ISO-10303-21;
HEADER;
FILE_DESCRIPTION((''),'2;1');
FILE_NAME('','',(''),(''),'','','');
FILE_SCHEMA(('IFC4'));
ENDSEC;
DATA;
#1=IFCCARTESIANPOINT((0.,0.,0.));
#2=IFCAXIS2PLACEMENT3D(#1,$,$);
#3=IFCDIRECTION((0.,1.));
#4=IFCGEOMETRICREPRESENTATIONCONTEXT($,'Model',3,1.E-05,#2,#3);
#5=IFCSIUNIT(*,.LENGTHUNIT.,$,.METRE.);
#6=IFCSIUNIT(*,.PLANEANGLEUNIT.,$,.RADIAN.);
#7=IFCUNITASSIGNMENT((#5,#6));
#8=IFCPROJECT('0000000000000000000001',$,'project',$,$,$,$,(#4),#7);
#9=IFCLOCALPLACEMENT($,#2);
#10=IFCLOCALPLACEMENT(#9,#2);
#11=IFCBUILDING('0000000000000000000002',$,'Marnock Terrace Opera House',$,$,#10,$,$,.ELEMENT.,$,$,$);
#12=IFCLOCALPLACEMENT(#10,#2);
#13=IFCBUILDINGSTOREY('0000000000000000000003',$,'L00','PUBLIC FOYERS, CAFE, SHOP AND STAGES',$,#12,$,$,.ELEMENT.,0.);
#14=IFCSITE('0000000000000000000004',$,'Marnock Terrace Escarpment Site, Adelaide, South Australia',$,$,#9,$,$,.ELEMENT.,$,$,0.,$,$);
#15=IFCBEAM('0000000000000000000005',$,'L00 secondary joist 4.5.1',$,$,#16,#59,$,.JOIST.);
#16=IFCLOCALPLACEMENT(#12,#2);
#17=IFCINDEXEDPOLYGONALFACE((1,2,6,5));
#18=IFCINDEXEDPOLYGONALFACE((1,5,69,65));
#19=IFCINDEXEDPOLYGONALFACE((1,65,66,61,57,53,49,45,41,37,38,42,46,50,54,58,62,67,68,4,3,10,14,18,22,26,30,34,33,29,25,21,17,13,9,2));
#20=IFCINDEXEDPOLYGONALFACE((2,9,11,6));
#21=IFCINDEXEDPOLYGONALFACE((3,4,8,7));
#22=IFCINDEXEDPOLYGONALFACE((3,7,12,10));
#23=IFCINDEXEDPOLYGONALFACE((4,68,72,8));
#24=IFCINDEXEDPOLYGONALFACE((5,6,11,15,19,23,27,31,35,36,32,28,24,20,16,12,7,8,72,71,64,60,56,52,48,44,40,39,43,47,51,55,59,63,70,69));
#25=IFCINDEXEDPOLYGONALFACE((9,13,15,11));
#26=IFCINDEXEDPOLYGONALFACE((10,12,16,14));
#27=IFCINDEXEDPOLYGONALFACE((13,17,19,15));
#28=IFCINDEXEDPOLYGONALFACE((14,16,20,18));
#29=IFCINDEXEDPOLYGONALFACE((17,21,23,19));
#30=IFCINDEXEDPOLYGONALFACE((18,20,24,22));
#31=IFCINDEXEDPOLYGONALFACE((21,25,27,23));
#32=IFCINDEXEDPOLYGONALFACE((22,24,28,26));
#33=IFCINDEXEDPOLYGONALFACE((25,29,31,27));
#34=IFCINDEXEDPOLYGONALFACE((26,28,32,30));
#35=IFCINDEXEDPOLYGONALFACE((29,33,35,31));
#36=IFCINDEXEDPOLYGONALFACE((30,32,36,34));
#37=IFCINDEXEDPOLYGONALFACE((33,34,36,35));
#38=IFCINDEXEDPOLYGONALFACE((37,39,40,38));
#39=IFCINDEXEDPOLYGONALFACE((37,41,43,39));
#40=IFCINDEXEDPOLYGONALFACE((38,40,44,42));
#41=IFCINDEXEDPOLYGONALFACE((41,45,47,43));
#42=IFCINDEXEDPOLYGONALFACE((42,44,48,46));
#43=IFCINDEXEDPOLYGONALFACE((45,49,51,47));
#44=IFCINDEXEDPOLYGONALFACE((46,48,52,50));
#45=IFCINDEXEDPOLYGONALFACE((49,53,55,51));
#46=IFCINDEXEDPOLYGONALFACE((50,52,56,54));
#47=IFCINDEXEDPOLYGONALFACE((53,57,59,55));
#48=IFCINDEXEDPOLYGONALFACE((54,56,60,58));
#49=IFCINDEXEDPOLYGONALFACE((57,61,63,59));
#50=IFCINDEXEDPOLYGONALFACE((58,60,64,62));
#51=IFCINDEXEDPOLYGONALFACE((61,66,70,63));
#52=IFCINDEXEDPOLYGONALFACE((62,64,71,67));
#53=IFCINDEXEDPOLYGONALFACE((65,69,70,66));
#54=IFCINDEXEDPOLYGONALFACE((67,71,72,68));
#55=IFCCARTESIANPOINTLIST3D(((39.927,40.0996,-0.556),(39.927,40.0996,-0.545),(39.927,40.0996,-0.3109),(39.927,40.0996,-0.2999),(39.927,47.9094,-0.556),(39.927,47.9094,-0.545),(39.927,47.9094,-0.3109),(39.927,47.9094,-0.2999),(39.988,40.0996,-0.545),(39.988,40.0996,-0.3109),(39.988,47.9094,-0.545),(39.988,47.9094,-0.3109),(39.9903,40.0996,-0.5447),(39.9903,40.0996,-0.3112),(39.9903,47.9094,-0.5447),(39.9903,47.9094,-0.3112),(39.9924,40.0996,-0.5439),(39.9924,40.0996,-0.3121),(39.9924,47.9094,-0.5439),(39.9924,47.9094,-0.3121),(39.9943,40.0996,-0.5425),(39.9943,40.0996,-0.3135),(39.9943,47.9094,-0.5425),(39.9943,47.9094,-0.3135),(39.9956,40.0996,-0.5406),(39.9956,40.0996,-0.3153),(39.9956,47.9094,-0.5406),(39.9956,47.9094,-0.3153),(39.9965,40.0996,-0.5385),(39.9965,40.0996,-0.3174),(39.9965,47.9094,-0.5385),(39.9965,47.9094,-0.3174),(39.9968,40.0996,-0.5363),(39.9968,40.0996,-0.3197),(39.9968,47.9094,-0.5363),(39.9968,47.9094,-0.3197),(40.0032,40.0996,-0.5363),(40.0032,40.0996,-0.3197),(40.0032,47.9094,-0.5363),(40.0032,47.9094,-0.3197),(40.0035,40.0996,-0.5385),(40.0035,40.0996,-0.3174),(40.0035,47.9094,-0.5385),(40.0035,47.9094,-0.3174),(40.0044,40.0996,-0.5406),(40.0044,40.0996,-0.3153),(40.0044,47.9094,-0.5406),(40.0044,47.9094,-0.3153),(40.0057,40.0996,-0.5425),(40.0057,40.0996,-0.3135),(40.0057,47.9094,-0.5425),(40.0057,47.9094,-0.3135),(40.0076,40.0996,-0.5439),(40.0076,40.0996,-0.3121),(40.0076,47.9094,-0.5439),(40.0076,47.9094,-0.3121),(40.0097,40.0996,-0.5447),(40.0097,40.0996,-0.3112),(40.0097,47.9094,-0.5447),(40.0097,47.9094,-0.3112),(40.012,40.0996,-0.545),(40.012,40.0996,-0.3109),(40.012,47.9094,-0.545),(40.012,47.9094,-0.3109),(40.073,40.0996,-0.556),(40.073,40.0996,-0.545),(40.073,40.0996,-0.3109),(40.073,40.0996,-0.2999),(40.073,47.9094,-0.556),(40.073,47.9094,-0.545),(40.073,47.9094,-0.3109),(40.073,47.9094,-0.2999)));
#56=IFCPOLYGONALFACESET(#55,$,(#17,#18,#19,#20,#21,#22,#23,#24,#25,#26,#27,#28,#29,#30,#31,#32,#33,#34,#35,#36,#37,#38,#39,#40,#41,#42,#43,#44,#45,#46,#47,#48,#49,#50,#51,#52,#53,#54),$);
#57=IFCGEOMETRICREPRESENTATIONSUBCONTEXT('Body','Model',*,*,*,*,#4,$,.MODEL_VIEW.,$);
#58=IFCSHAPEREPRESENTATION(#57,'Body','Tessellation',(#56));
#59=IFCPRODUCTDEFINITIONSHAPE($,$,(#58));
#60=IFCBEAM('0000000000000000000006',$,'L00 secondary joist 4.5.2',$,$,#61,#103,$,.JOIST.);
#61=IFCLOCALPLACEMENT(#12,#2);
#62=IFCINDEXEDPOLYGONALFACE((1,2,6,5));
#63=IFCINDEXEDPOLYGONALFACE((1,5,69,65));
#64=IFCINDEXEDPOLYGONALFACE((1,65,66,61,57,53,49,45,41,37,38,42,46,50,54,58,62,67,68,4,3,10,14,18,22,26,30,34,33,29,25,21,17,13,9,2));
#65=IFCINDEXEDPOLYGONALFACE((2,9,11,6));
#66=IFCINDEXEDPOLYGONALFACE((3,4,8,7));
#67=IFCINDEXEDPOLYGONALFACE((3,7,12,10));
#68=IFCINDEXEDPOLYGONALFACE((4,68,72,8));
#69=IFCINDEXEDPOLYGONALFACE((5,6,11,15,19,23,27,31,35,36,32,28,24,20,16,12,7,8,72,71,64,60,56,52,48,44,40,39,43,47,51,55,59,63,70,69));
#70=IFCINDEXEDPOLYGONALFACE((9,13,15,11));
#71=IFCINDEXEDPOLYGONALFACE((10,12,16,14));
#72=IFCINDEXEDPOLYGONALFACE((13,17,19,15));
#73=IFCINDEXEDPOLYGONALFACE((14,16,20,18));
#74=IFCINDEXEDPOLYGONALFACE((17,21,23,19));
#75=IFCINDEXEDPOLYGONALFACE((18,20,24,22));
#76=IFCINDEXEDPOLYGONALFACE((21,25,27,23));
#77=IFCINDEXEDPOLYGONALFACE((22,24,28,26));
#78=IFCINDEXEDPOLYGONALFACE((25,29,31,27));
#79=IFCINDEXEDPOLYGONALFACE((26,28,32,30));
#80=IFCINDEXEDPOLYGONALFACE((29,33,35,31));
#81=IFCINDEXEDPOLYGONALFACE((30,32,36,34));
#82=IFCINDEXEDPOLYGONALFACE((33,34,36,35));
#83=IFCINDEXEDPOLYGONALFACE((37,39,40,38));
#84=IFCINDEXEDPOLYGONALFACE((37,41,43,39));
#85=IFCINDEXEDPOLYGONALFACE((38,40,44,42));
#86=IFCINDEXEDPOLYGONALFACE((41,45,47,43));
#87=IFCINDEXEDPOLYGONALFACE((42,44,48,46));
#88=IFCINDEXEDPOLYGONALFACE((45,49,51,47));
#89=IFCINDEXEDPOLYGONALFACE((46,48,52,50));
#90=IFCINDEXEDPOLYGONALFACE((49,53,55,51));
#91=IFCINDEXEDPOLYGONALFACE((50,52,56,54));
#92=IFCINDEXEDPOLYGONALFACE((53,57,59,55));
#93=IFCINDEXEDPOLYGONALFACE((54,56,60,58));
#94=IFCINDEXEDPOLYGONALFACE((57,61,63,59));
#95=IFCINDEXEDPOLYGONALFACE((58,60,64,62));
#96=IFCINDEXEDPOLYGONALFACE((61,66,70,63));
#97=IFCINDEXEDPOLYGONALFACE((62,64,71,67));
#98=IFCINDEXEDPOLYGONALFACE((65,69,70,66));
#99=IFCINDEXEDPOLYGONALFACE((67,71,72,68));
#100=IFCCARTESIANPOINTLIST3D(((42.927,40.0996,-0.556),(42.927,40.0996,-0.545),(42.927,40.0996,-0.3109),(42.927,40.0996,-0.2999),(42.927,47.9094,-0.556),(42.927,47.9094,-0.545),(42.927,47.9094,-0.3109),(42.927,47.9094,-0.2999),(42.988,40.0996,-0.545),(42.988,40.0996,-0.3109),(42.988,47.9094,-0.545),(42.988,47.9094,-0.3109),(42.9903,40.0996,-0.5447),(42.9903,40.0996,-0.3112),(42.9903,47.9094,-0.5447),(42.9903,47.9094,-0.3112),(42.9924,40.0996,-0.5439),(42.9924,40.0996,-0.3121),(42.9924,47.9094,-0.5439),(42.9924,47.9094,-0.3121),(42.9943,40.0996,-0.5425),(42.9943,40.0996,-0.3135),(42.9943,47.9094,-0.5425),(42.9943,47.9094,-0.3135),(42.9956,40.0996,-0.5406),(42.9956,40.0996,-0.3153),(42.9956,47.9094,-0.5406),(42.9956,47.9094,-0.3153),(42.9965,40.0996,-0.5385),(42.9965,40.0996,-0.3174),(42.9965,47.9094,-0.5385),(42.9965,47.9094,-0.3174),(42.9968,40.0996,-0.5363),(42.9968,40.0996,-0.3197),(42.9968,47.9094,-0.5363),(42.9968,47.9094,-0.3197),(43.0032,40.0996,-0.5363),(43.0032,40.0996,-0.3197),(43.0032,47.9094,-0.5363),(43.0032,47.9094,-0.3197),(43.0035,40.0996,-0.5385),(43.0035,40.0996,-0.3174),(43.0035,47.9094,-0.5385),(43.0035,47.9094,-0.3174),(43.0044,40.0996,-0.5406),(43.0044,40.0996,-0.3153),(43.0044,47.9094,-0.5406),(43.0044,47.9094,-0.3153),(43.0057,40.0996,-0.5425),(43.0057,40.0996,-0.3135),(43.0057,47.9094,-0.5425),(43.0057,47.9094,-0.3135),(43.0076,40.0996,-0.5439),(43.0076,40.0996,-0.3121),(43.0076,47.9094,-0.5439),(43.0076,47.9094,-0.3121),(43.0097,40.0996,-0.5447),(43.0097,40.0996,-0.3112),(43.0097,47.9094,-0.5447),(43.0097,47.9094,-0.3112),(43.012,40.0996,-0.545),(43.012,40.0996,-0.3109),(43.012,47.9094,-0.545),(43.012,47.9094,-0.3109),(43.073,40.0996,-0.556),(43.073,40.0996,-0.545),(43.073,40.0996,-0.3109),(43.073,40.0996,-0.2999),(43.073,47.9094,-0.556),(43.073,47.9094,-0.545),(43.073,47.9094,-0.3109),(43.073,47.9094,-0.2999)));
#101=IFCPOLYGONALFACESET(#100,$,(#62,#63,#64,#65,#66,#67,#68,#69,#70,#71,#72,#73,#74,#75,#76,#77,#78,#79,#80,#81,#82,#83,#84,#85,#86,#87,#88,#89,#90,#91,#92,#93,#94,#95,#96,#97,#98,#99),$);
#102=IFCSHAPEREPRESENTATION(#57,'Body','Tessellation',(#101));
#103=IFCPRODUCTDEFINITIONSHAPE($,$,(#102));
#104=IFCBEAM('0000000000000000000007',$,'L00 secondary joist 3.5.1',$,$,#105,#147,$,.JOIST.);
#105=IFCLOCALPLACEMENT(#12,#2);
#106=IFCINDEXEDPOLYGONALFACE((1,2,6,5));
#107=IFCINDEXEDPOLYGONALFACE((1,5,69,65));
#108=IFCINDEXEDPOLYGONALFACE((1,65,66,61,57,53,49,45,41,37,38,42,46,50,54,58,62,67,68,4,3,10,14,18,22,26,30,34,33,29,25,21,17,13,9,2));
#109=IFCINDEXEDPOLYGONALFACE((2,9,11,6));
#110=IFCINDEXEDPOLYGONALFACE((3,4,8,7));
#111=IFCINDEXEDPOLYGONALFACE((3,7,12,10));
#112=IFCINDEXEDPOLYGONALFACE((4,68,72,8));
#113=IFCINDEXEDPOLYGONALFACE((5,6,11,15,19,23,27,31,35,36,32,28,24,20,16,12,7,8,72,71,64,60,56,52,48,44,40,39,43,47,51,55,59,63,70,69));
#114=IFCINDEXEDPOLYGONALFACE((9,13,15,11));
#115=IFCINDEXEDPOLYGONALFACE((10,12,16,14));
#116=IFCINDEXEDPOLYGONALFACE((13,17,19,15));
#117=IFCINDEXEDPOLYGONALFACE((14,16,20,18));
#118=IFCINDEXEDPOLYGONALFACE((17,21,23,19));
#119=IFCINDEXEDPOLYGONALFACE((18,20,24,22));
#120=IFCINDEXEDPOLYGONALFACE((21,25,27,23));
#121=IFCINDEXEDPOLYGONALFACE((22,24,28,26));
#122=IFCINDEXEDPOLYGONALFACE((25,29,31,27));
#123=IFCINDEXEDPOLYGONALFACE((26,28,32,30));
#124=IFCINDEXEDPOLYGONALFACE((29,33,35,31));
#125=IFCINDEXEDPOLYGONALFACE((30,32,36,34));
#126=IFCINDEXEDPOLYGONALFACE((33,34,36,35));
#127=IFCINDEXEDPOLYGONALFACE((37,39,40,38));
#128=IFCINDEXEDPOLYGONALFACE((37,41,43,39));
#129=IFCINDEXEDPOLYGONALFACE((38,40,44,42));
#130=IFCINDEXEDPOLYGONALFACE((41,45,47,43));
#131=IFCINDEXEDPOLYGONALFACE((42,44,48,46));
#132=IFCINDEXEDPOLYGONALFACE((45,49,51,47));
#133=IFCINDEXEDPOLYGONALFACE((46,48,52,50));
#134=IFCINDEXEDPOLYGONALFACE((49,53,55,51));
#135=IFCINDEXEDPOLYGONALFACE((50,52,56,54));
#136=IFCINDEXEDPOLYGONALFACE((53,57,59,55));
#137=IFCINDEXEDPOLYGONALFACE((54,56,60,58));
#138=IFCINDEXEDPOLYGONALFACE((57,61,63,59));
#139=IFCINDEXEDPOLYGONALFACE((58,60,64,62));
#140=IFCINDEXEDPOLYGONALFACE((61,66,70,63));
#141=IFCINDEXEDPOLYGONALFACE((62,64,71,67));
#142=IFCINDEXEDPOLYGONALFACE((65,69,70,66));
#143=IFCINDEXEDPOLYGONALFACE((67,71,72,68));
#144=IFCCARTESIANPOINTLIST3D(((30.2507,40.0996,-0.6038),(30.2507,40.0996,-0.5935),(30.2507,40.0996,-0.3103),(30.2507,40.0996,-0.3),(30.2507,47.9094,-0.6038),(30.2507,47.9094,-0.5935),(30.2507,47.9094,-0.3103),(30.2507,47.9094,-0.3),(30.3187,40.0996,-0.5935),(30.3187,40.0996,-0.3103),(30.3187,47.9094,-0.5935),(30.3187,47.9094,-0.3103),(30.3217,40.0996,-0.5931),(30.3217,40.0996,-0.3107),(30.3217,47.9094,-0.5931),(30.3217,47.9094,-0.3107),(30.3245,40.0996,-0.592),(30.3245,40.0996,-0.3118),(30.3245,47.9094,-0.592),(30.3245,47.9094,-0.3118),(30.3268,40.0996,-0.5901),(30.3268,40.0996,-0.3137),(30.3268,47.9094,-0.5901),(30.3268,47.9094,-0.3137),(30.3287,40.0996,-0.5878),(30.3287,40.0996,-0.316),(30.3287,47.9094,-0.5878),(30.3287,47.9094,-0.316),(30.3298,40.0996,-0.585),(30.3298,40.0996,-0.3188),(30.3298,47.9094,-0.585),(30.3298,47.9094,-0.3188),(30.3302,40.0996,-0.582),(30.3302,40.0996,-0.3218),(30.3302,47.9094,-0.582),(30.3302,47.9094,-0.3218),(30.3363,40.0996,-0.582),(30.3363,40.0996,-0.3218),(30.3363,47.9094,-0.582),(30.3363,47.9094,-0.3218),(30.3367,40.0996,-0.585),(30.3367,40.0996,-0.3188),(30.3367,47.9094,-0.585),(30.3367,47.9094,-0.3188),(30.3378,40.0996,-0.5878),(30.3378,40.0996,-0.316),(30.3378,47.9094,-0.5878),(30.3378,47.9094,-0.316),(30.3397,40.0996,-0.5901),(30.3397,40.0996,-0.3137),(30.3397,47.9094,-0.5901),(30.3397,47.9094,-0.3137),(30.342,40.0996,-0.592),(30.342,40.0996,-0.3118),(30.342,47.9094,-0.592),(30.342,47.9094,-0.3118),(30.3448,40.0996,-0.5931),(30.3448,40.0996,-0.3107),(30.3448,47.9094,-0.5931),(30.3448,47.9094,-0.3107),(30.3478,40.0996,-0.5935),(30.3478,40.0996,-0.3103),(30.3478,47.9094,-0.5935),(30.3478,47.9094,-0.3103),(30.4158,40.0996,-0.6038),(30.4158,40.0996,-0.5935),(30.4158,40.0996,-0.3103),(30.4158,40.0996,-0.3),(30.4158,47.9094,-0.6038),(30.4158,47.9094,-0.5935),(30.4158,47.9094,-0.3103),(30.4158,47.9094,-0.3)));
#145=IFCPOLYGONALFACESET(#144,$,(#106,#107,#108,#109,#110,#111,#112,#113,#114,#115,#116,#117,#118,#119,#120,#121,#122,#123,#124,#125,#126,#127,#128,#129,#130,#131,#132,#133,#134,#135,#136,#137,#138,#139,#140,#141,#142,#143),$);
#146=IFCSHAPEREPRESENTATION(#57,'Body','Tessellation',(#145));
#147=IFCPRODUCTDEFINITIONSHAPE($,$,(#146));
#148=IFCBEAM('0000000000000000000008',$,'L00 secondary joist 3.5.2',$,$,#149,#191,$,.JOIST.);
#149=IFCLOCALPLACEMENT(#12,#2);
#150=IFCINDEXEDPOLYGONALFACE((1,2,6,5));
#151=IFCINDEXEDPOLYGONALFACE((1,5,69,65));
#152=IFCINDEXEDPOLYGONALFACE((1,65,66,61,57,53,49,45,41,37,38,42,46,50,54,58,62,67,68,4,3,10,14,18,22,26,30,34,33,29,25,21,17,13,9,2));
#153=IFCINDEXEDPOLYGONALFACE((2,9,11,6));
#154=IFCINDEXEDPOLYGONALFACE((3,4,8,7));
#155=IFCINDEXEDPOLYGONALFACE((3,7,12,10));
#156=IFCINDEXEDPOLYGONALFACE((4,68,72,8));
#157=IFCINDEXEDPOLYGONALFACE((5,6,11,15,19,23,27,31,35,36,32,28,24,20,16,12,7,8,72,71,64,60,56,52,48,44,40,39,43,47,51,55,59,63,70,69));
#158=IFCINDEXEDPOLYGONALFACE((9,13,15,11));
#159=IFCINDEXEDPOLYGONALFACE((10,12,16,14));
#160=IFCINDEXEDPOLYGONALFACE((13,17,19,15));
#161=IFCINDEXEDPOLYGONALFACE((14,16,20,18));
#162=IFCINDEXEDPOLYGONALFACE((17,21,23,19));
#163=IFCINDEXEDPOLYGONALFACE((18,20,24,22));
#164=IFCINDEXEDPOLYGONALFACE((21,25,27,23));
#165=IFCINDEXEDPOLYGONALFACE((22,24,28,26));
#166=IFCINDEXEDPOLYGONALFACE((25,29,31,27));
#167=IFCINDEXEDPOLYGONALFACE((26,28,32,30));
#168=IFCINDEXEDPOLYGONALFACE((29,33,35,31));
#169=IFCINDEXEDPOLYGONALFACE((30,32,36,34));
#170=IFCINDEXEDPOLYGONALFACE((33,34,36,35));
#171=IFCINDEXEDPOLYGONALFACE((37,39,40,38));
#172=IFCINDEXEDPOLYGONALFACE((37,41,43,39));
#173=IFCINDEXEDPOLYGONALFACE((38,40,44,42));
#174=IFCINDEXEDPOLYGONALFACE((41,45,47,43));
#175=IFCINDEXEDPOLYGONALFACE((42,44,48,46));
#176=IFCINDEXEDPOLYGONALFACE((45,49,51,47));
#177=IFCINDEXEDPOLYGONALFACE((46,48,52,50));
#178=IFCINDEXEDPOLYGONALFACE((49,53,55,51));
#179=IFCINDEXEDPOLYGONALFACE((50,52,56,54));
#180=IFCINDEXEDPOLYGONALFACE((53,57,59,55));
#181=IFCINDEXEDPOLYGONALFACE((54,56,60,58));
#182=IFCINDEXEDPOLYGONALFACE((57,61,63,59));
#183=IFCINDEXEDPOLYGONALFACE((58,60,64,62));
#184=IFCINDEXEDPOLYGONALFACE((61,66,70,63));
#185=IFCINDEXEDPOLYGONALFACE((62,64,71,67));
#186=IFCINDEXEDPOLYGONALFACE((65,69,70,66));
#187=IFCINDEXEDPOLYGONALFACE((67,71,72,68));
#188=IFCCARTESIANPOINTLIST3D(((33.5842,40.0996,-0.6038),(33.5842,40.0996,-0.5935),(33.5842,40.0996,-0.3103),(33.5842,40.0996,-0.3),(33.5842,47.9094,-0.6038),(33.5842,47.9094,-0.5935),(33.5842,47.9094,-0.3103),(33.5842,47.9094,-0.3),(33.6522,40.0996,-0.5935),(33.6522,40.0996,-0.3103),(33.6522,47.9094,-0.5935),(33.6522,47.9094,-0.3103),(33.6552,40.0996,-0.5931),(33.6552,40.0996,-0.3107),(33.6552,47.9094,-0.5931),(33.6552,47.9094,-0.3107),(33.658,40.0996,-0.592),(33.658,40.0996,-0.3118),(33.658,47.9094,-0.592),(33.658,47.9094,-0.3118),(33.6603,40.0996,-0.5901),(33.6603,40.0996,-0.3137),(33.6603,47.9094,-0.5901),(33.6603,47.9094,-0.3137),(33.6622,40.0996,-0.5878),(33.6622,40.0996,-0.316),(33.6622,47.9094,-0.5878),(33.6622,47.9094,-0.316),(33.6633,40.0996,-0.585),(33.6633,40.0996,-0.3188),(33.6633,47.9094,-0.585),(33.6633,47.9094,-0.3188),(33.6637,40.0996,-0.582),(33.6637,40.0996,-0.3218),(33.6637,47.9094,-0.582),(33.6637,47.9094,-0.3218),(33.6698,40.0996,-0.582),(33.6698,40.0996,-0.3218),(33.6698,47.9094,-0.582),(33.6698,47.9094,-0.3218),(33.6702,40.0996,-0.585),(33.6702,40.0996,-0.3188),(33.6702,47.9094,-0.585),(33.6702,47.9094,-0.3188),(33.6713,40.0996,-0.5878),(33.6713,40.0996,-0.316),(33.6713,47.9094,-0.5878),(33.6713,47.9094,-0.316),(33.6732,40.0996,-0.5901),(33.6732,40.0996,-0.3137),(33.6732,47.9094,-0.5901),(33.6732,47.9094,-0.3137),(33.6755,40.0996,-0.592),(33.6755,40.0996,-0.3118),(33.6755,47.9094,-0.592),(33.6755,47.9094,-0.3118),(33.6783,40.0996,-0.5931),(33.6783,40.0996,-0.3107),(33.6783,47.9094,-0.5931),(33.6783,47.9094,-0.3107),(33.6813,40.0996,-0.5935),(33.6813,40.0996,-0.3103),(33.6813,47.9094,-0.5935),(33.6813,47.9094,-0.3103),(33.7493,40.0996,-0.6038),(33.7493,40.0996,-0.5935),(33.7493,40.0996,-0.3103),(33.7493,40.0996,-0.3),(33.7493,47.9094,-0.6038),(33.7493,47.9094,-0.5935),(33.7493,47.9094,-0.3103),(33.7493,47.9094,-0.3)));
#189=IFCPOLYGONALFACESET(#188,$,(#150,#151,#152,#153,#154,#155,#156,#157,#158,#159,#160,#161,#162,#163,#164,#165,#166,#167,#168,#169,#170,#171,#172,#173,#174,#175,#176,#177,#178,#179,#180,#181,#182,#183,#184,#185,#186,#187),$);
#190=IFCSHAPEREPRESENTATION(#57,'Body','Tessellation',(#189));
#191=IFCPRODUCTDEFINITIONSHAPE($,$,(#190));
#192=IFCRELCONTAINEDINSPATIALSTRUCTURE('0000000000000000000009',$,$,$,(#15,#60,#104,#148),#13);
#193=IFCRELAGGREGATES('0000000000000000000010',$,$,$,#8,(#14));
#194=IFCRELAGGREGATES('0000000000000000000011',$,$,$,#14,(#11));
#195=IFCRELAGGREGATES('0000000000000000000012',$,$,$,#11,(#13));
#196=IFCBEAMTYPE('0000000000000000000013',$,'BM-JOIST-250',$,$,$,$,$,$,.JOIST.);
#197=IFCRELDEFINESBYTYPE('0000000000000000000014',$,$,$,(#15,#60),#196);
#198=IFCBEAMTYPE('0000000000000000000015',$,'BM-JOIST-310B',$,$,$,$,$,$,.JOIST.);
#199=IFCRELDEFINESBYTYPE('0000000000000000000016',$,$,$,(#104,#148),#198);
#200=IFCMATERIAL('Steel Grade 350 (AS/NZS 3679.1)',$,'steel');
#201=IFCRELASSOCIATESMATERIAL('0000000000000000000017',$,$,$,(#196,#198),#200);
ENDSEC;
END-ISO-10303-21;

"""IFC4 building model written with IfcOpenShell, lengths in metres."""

from ifc_helpers import new_model, si_unit, direction, frame, origin, origin_2d, place, context, subcontext, project, spatial, i_section, extrude, material, material_profile, profile_set, type_object, element, save


model = new_model("IFC4")

# Units and contexts
model_context = context("Model", 3, precision=1e-05, world=origin(), true_north=direction((0.0, 1.0)))
body_context = subcontext(model_context, "Body", "Model", "MODEL_VIEW")
ifc_project = project(units=[si_unit("LENGTHUNIT", "METRE"), si_unit("PLANEANGLEUNIT", "RADIAN")], contexts=[model_context])

# Site, building, storey
site_placement = place(None, origin())
site = spatial("IfcSite", under=ifc_project, at=site_placement, Name="Marnock Terrace Escarpment Site, Adelaide, South Australia", CompositionType="ELEMENT", RefElevation=0.0)
building_placement = place(site_placement, origin())
building = spatial("IfcBuilding", under=site, at=building_placement, Name="Marnock Terrace Opera House", CompositionType="ELEMENT")
storey_placement = place(building_placement, origin())
storey = spatial("IfcBuildingStorey", under=building, at=storey_placement, Name="L00", Description="PUBLIC FOYERS, CAFE, SHOP AND STAGES", CompositionType="ELEMENT", Elevation=0.0)

# Beams
ifc_material_1 = material(Name="Steel Grade 350 (AS/NZS 3679.1)", Category="steel")
ifc_material_profile_1 = material_profile(ifc_material_1, i_section(OverallWidth=0.146, OverallDepth=0.2561, WebThickness=0.0063, FlangeThickness=0.011, FilletRadius=0.0088, at=origin_2d()))
ifc_profile_set_1 = profile_set([ifc_material_profile_1], Name="Steel Grade 350 (AS/NZS 3679.1)")
beam_type_1 = type_object("IfcBeamType", Name="BM-JOIST-250", PredefinedType="JOIST", material=ifc_profile_set_1)
for number, where, z_axis, x_axis, name in (
    (1, (40.0, 40.0996, -0.428), (0.0, 1.0, 0.0), (-1.0, 0.0, 0.0), "L00 secondary joist 4.5.1"),
    (2, (43.0, 40.0996, -0.428), (0.0, 1.0, 0.0), (-1.0, 0.0, 0.0), "L00 secondary joist 4.5.2"),
):
    element("IfcBeam", number, at=place(storey_placement, frame(where, z_axis=z_axis, x_axis=x_axis)), inside=storey, type_object=beam_type_1, Name=name, PredefinedType="JOIST", context=body_context, shape_type="SweptSolid", body=[
        extrude(i_section(OverallWidth=0.146, OverallDepth=0.2561, WebThickness=0.0063, FlangeThickness=0.011, FilletRadius=0.0088, at=origin_2d()), origin(), (0.0, 0.0, 1.0), 7.8098),
    ])
ifc_material_profile_2 = material_profile(ifc_material_1, i_section(OverallWidth=0.165, OverallDepth=0.3037, WebThickness=0.0061, FlangeThickness=0.0103, FilletRadius=0.0115, at=origin_2d()))
ifc_profile_set_2 = profile_set([ifc_material_profile_2], Name="Steel Grade 350 (AS/NZS 3679.1)")
beam_type_2 = type_object("IfcBeamType", Name="BM-JOIST-310B", PredefinedType="JOIST", material=ifc_profile_set_2)
for number, where, z_axis, x_axis, name in (
    (3, (30.3333, 40.0996, -0.4519), (0.0, 1.0, 0.0), (-1.0, 0.0, 0.0), "L00 secondary joist 3.5.1"),
    (4, (33.6667, 40.0996, -0.4519), (0.0, 1.0, 0.0), (-1.0, 0.0, 0.0), "L00 secondary joist 3.5.2"),
):
    element("IfcBeam", number, at=place(storey_placement, frame(where, z_axis=z_axis, x_axis=x_axis)), inside=storey, type_object=beam_type_2, Name=name, PredefinedType="JOIST", context=body_context, shape_type="SweptSolid", body=[
        extrude(i_section(OverallWidth=0.165, OverallDepth=0.3037, WebThickness=0.0061, FlangeThickness=0.0103, FilletRadius=0.0115, at=origin_2d()), origin(), (0.0, 0.0, 1.0), 7.8098),
    ])

save(model, "model.ifc")
